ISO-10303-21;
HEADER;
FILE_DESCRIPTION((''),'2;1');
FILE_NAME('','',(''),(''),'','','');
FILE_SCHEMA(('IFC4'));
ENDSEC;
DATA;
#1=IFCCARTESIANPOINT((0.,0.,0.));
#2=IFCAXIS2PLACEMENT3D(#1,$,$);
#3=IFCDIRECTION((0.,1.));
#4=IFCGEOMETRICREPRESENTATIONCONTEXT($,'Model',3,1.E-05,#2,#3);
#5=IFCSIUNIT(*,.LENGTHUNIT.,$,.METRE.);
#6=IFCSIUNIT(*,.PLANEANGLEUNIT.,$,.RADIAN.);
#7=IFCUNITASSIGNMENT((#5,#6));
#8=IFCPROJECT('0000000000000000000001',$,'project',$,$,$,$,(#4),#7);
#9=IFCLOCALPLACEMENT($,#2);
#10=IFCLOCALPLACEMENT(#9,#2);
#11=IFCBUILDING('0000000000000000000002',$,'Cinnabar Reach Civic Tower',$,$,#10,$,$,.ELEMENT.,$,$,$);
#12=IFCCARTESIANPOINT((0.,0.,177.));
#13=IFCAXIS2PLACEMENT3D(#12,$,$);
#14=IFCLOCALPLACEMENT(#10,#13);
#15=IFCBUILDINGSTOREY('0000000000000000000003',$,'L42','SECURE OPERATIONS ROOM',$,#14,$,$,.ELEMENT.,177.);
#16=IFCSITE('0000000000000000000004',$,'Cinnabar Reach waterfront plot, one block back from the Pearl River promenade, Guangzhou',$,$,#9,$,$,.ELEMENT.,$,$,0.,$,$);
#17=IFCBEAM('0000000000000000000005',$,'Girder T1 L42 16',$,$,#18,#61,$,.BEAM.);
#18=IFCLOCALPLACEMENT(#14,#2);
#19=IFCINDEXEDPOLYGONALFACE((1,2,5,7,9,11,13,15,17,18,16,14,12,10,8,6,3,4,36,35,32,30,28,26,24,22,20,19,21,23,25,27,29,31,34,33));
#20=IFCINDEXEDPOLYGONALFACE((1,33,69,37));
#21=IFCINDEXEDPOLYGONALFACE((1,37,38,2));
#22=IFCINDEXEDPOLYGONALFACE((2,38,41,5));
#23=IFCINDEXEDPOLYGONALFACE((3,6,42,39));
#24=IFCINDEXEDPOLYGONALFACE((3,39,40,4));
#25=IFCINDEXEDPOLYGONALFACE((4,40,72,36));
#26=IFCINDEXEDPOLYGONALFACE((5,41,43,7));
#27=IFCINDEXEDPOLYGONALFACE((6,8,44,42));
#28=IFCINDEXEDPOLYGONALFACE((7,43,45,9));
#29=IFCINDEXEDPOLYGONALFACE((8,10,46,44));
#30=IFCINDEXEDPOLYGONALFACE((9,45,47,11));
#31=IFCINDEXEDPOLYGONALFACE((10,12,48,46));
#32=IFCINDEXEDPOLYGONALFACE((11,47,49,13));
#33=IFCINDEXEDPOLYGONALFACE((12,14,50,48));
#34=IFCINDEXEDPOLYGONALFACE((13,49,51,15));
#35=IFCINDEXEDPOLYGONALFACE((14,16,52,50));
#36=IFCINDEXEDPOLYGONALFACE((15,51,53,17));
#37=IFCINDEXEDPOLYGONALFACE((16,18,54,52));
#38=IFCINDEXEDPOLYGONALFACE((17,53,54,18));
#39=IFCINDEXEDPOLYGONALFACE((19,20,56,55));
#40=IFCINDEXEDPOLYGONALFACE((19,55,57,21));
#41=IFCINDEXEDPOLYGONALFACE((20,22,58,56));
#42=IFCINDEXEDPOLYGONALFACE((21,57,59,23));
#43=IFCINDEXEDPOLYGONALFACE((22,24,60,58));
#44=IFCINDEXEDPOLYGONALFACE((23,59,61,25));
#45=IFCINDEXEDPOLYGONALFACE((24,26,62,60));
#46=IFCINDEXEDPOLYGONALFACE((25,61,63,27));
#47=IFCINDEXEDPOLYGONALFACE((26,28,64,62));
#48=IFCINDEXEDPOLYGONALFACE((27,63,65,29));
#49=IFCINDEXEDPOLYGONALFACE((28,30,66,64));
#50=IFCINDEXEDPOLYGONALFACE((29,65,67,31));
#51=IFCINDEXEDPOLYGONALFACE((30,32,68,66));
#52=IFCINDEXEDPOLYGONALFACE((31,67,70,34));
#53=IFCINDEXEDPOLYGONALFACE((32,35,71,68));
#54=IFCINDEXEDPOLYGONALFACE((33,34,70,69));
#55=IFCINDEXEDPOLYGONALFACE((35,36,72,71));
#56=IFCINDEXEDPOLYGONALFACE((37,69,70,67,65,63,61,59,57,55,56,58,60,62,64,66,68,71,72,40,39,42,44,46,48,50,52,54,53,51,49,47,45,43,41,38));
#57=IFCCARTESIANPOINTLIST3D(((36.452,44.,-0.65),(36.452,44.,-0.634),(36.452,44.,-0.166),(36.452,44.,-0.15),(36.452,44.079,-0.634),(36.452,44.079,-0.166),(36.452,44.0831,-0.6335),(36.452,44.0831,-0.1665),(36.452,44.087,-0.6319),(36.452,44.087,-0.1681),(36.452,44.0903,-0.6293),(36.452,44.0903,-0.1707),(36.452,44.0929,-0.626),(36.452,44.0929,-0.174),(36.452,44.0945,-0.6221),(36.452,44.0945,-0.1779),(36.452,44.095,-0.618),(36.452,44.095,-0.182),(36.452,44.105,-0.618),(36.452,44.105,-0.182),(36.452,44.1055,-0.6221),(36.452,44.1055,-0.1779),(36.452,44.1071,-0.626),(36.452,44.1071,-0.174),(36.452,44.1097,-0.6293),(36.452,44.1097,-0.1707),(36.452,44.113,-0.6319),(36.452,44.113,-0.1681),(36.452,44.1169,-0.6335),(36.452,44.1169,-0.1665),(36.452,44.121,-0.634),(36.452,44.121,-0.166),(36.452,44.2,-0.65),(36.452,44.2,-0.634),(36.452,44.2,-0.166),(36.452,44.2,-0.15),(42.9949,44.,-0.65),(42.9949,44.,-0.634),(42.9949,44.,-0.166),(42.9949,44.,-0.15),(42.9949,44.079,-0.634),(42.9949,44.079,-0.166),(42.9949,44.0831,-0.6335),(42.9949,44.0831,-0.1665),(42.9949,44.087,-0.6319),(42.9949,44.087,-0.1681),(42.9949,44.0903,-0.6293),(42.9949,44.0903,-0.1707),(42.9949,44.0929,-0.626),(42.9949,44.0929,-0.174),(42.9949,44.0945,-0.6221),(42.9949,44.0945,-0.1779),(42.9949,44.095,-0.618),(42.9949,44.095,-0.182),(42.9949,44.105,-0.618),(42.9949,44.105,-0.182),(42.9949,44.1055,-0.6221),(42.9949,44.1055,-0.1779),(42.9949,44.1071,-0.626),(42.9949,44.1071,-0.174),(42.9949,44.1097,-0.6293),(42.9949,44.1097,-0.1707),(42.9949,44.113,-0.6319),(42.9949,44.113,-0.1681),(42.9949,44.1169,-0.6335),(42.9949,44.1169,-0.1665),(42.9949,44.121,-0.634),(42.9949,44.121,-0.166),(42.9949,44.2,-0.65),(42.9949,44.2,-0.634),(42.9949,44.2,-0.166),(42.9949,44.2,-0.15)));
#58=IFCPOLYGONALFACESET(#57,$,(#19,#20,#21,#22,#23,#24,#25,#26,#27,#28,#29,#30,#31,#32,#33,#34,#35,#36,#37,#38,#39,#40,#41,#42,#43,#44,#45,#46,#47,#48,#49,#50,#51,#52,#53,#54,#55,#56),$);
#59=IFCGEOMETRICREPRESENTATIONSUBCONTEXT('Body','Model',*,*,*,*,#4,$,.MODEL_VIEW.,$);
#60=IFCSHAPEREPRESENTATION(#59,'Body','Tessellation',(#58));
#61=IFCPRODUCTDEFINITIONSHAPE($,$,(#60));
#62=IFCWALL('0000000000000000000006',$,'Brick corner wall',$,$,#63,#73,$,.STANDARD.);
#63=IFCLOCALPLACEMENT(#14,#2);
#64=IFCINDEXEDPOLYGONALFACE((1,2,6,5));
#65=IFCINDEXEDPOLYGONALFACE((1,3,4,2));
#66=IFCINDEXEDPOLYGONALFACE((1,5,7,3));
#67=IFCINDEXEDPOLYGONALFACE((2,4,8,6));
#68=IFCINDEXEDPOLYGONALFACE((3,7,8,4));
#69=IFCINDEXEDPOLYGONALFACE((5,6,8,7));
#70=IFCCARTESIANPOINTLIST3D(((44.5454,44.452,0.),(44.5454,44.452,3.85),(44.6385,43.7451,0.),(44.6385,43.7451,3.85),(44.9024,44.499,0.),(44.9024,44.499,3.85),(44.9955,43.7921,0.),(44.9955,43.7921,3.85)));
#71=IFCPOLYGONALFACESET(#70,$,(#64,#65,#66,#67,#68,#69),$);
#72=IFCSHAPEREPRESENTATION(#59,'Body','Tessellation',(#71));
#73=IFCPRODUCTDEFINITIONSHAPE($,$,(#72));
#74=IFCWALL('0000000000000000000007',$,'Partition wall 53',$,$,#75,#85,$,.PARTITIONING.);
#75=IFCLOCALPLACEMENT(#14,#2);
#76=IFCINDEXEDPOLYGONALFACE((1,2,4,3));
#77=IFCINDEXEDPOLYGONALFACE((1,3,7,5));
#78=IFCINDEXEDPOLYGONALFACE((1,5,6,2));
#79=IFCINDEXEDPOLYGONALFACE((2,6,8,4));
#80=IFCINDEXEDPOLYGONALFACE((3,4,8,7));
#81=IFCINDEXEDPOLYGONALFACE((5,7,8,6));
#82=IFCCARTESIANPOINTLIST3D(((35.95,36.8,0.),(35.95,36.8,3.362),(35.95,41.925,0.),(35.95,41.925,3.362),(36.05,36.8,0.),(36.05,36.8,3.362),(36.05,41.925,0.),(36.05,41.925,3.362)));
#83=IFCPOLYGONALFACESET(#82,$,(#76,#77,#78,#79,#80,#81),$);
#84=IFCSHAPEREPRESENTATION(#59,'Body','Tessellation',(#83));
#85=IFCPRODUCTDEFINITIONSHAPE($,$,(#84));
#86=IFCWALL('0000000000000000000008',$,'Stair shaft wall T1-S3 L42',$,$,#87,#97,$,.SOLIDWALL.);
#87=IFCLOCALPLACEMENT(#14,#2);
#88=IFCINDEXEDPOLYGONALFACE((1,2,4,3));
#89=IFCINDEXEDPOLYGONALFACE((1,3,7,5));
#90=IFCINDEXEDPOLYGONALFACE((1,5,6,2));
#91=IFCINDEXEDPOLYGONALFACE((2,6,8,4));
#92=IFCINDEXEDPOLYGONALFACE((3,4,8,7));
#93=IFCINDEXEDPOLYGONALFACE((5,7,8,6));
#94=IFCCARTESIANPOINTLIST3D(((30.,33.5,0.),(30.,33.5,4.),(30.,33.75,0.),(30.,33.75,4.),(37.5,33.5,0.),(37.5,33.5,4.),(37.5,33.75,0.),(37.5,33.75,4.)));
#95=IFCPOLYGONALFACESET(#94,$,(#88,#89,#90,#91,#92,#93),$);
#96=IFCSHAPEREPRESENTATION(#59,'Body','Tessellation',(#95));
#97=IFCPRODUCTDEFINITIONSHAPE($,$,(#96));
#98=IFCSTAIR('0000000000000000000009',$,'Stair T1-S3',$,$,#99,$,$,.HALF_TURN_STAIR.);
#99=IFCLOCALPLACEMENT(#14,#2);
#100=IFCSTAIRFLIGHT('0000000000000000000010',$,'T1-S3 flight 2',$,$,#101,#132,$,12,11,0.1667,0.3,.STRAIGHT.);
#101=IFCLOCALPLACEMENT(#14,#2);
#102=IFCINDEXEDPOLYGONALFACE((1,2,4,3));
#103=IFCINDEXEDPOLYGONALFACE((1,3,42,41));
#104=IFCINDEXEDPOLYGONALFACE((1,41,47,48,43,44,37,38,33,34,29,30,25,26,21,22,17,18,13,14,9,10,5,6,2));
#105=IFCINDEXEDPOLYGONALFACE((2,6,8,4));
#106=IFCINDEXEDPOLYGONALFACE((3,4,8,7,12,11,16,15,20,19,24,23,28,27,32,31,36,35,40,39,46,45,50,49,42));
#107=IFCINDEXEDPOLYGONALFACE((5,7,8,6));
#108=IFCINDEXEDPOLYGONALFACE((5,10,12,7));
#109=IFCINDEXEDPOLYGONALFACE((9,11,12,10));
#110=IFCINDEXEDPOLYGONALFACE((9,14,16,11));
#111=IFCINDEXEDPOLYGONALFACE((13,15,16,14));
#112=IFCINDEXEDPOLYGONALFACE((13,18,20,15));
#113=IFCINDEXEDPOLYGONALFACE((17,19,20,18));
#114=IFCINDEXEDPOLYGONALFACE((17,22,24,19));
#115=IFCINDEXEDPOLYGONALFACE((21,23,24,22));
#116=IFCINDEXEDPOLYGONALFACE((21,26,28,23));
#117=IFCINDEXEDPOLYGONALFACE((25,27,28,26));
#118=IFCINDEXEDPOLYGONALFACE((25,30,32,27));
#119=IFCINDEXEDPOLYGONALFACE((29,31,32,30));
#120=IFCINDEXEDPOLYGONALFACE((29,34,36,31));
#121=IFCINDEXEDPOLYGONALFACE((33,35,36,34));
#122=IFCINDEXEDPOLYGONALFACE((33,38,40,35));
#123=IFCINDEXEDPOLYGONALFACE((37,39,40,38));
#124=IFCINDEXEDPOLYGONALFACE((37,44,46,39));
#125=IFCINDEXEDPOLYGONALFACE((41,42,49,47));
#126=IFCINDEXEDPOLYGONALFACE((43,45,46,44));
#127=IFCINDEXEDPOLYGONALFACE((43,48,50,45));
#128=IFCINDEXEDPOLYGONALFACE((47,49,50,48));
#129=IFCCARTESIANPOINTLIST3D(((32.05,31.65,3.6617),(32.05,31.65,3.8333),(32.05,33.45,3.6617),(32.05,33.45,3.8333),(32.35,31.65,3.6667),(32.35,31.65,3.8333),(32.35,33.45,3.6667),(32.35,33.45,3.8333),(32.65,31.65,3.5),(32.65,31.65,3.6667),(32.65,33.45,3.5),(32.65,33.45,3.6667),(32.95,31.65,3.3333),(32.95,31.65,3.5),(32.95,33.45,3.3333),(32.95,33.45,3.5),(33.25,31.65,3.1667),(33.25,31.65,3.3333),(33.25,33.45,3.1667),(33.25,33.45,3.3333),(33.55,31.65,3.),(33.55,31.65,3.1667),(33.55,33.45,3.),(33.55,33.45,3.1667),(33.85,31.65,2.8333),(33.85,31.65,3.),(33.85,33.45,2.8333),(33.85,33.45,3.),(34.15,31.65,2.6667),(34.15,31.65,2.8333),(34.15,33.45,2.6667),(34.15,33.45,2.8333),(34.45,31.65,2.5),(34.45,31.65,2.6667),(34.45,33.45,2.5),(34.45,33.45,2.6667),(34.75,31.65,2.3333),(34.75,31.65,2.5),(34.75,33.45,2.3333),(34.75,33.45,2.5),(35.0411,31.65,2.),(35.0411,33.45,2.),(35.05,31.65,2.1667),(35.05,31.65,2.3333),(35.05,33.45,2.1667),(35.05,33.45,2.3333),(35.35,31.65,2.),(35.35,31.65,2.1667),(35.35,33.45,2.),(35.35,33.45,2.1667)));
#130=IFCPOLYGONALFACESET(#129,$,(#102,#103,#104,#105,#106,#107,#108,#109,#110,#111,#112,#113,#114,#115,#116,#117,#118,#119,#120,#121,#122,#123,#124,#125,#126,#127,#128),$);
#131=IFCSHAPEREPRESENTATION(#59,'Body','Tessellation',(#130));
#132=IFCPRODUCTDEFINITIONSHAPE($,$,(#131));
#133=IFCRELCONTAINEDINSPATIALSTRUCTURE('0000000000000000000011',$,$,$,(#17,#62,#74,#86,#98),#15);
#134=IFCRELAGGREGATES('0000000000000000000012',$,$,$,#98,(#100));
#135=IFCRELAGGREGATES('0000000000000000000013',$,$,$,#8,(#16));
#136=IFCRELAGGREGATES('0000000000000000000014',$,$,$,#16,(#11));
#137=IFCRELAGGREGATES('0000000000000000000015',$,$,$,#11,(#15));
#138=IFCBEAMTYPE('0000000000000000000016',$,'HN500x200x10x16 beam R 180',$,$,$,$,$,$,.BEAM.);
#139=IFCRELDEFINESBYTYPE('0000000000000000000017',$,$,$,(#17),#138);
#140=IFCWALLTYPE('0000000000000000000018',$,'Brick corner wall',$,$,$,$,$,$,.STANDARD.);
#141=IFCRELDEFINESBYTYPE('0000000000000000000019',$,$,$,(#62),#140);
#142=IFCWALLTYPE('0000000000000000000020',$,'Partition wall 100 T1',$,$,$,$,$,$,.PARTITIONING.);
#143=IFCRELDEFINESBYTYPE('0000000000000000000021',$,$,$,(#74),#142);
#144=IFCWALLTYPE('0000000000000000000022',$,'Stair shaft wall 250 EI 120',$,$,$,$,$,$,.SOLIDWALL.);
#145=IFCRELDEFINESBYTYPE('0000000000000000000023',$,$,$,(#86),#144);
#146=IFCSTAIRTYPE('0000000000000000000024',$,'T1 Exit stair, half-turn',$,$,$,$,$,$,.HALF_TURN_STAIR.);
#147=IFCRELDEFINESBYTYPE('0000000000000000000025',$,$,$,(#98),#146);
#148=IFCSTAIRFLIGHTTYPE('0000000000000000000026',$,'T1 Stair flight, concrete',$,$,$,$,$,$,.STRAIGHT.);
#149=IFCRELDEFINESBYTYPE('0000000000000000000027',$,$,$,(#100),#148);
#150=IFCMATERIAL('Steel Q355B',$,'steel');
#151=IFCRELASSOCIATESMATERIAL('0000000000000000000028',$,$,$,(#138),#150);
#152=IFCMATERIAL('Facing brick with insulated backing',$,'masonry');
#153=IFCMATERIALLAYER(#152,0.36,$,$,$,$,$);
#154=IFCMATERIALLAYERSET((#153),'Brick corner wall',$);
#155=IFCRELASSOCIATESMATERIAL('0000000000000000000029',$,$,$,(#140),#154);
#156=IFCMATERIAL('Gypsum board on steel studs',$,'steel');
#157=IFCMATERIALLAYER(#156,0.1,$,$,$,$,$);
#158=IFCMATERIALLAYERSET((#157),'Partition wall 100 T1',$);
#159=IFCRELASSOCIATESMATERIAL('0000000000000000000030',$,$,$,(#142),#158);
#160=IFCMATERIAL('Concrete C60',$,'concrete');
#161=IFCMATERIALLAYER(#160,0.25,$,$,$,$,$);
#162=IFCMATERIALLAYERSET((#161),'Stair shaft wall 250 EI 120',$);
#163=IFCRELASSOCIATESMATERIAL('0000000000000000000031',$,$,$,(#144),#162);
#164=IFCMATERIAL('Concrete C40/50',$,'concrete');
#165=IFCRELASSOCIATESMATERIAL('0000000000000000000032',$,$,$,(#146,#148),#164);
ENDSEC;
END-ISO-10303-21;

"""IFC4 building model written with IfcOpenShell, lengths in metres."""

from ifc_helpers import new_model, si_unit, direction, frame, frame_2d, origin, origin_2d, place, context, subcontext, project, spatial, polyline, rectangle, i_section, outline, extrude, material, layer, layer_set, material_profile, profile_set, type_object, element, aggregate, save


model = new_model("IFC4")

# Units and contexts
model_context = context("Model", 3, precision=1e-05, world=origin(), true_north=direction((0.0, 1.0)))
body_context = subcontext(model_context, "Body", "Model", "MODEL_VIEW")
ifc_project = project(units=[si_unit("LENGTHUNIT", "METRE"), si_unit("PLANEANGLEUNIT", "RADIAN")], contexts=[model_context])

# Site, building, storey
site_placement = place(None, origin())
site = spatial("IfcSite", under=ifc_project, at=site_placement, Name="Cinnabar Reach waterfront plot, one block back from the Pearl River promenade, Guangzhou", CompositionType="ELEMENT", RefElevation=0.0)
building_placement = place(site_placement, origin())
building = spatial("IfcBuilding", under=site, at=building_placement, Name="Cinnabar Reach Civic Tower", CompositionType="ELEMENT")
storey_placement = place(building_placement, frame((0.0, 0.0, 177.0)))
storey = spatial("IfcBuildingStorey", under=building, at=storey_placement, Name="L42", Description="SECURE OPERATIONS ROOM", CompositionType="ELEMENT", Elevation=177.0)

# Beam
ifc_material_1 = material(Name="Steel Q355B", Category="steel")
ifc_material_profile_1 = material_profile(ifc_material_1, i_section(OverallWidth=0.2, OverallDepth=0.5, WebThickness=0.01, FlangeThickness=0.016, FilletRadius=0.016, at=origin_2d()), Name="HN500x200x10x16")
ifc_profile_set_1 = profile_set([ifc_material_profile_1], Name="Steel Q355B")
beam_type_1 = type_object("IfcBeamType", Name="HN500x200x10x16 beam R 180", PredefinedType="BEAM", material=ifc_profile_set_1)
beam_1_placement = place(storey_placement, frame((36.452, 44.1, -0.4), z_axis=(1.0, 0.0, 0.0), x_axis=(0.0, 1.0, 0.0)))
element("IfcBeam", 1, at=beam_1_placement, inside=storey, type_object=beam_type_1, Name="Girder T1 L42 16", PredefinedType="BEAM", context=body_context, shape_type="SweptSolid", body=[
    extrude(i_section(OverallWidth=0.2, OverallDepth=0.5, WebThickness=0.01, FlangeThickness=0.016, FilletRadius=0.016, at=origin_2d()), origin(), (0.0, 0.0, 1.0), 6.5429),
])

# Walls
ifc_material_2 = material(Name="Facing brick with insulated backing", Category="masonry")
ifc_layer_1 = layer(ifc_material_2, 0.36)
ifc_layer_set_1 = layer_set([ifc_layer_1], Name="Brick corner wall")
wall_type_1 = type_object("IfcWallType", Name="Brick corner wall", PredefinedType="STANDARD", material=ifc_layer_set_1)
wall_1_placement = place(storey_placement, frame((44.817, 43.7686, 0.0), z_axis=(0.0, 0.0, 1.0), x_axis=(-0.130556, 0.991441, 0.0)))
element("IfcWall", 2, at=wall_1_placement, inside=storey, type_object=wall_type_1, Name="Brick corner wall", PredefinedType="STANDARD", context=body_context, shape_type="SweptSolid", body=[
    extrude(rectangle(XDim=0.7131, YDim=0.36, at=frame_2d((0.3565, 0.0))), origin(), (0.0, 0.0, 1.0), 3.85),
])
ifc_material_3 = material(Name="Gypsum board on steel studs", Category="steel")
ifc_layer_2 = layer(ifc_material_3, 0.1)
ifc_layer_set_2 = layer_set([ifc_layer_2], Name="Partition wall 100 T1")
wall_type_2 = type_object("IfcWallType", Name="Partition wall 100 T1", PredefinedType="PARTITIONING", material=ifc_layer_set_2)
wall_2_placement = place(storey_placement, frame((36.0, 36.8, 0.0), z_axis=(0.0, 0.0, 1.0), x_axis=(0.0, 1.0, 0.0)))
element("IfcWall", 3, at=wall_2_placement, inside=storey, type_object=wall_type_2, Name="Partition wall 53", PredefinedType="PARTITIONING", context=body_context, shape_type="SweptSolid", body=[
    extrude(rectangle(XDim=5.125, YDim=0.1, at=frame_2d((2.5625, 0.0))), origin(), (0.0, 0.0, 1.0), 3.362),
])
ifc_material_4 = material(Name="Concrete C60", Category="concrete")
ifc_layer_3 = layer(ifc_material_4, 0.25)
ifc_layer_set_3 = layer_set([ifc_layer_3], Name="Stair shaft wall 250 EI 120")
wall_type_3 = type_object("IfcWallType", Name="Stair shaft wall 250 EI 120", PredefinedType="SOLIDWALL", material=ifc_layer_set_3)
wall_3_placement = place(storey_placement, frame((37.5, 33.625, 0.0), z_axis=(0.0, 0.0, 1.0), x_axis=(-1.0, 0.0, 0.0)))
element("IfcWall", 4, at=wall_3_placement, inside=storey, type_object=wall_type_3, Name="Stair shaft wall T1-S3 L42", PredefinedType="SOLIDWALL", context=body_context, shape_type="SweptSolid", body=[
    extrude(rectangle(XDim=7.5, YDim=0.25, at=frame_2d((3.75, 0.0))), origin(), (0.0, 0.0, 1.0), 4.0),
])

# Stair, stair flight
ifc_material_5 = material(Name="Concrete C40/50", Category="concrete")
stair_type = type_object("IfcStairType", Name="T1 Exit stair, half-turn", PredefinedType="HALF_TURN_STAIR", material=ifc_material_5)
stair_placement = place(storey_placement, origin())
stair = element("IfcStair", 5, at=stair_placement, inside=storey, type_object=stair_type, Name="Stair T1-S3", PredefinedType="HALF_TURN_STAIR")
stair_flight_type = type_object("IfcStairFlightType", Name="T1 Stair flight, concrete", PredefinedType="STRAIGHT", material=ifc_material_5)
stair_flight_placement = place(storey_placement, frame((35.35, 32.55, 2.0), z_axis=(0.0, 0.0, 1.0), x_axis=(-1.0, 0.0, 0.0)))
stair_flight = element("IfcStairFlight", 6, at=stair_flight_placement, type_object=stair_flight_type, Name="T1-S3 flight 2", NumberOfRisers=12, NumberOfTreads=11, PredefinedType="STRAIGHT", RiserHeight=0.1667, TreadLength=0.3, context=body_context, shape_type="SweptSolid", body=[
    extrude(outline(polyline([(0.0, 0.0), (0.0, 0.1667), (0.3, 0.1667), (0.3, 0.3333), (0.6, 0.3333), (0.6, 0.5), (0.9, 0.5), (0.9, 0.6667), (1.2, 0.6667), (1.2, 0.8333), (1.5, 0.8333), (1.5, 1.0), (1.8, 1.0), (1.8, 1.1667), (2.1, 1.1667), (2.1, 1.3333), (2.4, 1.3333), (2.4, 1.5), (2.7, 1.5), (2.7, 1.6667), (3.0, 1.6667), (3.0, 1.8333), (3.3, 1.8333), (3.3, 2.0), (3.3, 1.6617), (0.3089, 0.0), (0.0, 0.0)])), frame((0.0, 0.9, 0.0), z_axis=(0.0, -1.0, 0.0), x_axis=(1.0, 0.0, 0.0)), (0.0, 0.0, 1.0), 1.8),
])
aggregate(stair, [stair_flight])

save(model, "model.ifc")
